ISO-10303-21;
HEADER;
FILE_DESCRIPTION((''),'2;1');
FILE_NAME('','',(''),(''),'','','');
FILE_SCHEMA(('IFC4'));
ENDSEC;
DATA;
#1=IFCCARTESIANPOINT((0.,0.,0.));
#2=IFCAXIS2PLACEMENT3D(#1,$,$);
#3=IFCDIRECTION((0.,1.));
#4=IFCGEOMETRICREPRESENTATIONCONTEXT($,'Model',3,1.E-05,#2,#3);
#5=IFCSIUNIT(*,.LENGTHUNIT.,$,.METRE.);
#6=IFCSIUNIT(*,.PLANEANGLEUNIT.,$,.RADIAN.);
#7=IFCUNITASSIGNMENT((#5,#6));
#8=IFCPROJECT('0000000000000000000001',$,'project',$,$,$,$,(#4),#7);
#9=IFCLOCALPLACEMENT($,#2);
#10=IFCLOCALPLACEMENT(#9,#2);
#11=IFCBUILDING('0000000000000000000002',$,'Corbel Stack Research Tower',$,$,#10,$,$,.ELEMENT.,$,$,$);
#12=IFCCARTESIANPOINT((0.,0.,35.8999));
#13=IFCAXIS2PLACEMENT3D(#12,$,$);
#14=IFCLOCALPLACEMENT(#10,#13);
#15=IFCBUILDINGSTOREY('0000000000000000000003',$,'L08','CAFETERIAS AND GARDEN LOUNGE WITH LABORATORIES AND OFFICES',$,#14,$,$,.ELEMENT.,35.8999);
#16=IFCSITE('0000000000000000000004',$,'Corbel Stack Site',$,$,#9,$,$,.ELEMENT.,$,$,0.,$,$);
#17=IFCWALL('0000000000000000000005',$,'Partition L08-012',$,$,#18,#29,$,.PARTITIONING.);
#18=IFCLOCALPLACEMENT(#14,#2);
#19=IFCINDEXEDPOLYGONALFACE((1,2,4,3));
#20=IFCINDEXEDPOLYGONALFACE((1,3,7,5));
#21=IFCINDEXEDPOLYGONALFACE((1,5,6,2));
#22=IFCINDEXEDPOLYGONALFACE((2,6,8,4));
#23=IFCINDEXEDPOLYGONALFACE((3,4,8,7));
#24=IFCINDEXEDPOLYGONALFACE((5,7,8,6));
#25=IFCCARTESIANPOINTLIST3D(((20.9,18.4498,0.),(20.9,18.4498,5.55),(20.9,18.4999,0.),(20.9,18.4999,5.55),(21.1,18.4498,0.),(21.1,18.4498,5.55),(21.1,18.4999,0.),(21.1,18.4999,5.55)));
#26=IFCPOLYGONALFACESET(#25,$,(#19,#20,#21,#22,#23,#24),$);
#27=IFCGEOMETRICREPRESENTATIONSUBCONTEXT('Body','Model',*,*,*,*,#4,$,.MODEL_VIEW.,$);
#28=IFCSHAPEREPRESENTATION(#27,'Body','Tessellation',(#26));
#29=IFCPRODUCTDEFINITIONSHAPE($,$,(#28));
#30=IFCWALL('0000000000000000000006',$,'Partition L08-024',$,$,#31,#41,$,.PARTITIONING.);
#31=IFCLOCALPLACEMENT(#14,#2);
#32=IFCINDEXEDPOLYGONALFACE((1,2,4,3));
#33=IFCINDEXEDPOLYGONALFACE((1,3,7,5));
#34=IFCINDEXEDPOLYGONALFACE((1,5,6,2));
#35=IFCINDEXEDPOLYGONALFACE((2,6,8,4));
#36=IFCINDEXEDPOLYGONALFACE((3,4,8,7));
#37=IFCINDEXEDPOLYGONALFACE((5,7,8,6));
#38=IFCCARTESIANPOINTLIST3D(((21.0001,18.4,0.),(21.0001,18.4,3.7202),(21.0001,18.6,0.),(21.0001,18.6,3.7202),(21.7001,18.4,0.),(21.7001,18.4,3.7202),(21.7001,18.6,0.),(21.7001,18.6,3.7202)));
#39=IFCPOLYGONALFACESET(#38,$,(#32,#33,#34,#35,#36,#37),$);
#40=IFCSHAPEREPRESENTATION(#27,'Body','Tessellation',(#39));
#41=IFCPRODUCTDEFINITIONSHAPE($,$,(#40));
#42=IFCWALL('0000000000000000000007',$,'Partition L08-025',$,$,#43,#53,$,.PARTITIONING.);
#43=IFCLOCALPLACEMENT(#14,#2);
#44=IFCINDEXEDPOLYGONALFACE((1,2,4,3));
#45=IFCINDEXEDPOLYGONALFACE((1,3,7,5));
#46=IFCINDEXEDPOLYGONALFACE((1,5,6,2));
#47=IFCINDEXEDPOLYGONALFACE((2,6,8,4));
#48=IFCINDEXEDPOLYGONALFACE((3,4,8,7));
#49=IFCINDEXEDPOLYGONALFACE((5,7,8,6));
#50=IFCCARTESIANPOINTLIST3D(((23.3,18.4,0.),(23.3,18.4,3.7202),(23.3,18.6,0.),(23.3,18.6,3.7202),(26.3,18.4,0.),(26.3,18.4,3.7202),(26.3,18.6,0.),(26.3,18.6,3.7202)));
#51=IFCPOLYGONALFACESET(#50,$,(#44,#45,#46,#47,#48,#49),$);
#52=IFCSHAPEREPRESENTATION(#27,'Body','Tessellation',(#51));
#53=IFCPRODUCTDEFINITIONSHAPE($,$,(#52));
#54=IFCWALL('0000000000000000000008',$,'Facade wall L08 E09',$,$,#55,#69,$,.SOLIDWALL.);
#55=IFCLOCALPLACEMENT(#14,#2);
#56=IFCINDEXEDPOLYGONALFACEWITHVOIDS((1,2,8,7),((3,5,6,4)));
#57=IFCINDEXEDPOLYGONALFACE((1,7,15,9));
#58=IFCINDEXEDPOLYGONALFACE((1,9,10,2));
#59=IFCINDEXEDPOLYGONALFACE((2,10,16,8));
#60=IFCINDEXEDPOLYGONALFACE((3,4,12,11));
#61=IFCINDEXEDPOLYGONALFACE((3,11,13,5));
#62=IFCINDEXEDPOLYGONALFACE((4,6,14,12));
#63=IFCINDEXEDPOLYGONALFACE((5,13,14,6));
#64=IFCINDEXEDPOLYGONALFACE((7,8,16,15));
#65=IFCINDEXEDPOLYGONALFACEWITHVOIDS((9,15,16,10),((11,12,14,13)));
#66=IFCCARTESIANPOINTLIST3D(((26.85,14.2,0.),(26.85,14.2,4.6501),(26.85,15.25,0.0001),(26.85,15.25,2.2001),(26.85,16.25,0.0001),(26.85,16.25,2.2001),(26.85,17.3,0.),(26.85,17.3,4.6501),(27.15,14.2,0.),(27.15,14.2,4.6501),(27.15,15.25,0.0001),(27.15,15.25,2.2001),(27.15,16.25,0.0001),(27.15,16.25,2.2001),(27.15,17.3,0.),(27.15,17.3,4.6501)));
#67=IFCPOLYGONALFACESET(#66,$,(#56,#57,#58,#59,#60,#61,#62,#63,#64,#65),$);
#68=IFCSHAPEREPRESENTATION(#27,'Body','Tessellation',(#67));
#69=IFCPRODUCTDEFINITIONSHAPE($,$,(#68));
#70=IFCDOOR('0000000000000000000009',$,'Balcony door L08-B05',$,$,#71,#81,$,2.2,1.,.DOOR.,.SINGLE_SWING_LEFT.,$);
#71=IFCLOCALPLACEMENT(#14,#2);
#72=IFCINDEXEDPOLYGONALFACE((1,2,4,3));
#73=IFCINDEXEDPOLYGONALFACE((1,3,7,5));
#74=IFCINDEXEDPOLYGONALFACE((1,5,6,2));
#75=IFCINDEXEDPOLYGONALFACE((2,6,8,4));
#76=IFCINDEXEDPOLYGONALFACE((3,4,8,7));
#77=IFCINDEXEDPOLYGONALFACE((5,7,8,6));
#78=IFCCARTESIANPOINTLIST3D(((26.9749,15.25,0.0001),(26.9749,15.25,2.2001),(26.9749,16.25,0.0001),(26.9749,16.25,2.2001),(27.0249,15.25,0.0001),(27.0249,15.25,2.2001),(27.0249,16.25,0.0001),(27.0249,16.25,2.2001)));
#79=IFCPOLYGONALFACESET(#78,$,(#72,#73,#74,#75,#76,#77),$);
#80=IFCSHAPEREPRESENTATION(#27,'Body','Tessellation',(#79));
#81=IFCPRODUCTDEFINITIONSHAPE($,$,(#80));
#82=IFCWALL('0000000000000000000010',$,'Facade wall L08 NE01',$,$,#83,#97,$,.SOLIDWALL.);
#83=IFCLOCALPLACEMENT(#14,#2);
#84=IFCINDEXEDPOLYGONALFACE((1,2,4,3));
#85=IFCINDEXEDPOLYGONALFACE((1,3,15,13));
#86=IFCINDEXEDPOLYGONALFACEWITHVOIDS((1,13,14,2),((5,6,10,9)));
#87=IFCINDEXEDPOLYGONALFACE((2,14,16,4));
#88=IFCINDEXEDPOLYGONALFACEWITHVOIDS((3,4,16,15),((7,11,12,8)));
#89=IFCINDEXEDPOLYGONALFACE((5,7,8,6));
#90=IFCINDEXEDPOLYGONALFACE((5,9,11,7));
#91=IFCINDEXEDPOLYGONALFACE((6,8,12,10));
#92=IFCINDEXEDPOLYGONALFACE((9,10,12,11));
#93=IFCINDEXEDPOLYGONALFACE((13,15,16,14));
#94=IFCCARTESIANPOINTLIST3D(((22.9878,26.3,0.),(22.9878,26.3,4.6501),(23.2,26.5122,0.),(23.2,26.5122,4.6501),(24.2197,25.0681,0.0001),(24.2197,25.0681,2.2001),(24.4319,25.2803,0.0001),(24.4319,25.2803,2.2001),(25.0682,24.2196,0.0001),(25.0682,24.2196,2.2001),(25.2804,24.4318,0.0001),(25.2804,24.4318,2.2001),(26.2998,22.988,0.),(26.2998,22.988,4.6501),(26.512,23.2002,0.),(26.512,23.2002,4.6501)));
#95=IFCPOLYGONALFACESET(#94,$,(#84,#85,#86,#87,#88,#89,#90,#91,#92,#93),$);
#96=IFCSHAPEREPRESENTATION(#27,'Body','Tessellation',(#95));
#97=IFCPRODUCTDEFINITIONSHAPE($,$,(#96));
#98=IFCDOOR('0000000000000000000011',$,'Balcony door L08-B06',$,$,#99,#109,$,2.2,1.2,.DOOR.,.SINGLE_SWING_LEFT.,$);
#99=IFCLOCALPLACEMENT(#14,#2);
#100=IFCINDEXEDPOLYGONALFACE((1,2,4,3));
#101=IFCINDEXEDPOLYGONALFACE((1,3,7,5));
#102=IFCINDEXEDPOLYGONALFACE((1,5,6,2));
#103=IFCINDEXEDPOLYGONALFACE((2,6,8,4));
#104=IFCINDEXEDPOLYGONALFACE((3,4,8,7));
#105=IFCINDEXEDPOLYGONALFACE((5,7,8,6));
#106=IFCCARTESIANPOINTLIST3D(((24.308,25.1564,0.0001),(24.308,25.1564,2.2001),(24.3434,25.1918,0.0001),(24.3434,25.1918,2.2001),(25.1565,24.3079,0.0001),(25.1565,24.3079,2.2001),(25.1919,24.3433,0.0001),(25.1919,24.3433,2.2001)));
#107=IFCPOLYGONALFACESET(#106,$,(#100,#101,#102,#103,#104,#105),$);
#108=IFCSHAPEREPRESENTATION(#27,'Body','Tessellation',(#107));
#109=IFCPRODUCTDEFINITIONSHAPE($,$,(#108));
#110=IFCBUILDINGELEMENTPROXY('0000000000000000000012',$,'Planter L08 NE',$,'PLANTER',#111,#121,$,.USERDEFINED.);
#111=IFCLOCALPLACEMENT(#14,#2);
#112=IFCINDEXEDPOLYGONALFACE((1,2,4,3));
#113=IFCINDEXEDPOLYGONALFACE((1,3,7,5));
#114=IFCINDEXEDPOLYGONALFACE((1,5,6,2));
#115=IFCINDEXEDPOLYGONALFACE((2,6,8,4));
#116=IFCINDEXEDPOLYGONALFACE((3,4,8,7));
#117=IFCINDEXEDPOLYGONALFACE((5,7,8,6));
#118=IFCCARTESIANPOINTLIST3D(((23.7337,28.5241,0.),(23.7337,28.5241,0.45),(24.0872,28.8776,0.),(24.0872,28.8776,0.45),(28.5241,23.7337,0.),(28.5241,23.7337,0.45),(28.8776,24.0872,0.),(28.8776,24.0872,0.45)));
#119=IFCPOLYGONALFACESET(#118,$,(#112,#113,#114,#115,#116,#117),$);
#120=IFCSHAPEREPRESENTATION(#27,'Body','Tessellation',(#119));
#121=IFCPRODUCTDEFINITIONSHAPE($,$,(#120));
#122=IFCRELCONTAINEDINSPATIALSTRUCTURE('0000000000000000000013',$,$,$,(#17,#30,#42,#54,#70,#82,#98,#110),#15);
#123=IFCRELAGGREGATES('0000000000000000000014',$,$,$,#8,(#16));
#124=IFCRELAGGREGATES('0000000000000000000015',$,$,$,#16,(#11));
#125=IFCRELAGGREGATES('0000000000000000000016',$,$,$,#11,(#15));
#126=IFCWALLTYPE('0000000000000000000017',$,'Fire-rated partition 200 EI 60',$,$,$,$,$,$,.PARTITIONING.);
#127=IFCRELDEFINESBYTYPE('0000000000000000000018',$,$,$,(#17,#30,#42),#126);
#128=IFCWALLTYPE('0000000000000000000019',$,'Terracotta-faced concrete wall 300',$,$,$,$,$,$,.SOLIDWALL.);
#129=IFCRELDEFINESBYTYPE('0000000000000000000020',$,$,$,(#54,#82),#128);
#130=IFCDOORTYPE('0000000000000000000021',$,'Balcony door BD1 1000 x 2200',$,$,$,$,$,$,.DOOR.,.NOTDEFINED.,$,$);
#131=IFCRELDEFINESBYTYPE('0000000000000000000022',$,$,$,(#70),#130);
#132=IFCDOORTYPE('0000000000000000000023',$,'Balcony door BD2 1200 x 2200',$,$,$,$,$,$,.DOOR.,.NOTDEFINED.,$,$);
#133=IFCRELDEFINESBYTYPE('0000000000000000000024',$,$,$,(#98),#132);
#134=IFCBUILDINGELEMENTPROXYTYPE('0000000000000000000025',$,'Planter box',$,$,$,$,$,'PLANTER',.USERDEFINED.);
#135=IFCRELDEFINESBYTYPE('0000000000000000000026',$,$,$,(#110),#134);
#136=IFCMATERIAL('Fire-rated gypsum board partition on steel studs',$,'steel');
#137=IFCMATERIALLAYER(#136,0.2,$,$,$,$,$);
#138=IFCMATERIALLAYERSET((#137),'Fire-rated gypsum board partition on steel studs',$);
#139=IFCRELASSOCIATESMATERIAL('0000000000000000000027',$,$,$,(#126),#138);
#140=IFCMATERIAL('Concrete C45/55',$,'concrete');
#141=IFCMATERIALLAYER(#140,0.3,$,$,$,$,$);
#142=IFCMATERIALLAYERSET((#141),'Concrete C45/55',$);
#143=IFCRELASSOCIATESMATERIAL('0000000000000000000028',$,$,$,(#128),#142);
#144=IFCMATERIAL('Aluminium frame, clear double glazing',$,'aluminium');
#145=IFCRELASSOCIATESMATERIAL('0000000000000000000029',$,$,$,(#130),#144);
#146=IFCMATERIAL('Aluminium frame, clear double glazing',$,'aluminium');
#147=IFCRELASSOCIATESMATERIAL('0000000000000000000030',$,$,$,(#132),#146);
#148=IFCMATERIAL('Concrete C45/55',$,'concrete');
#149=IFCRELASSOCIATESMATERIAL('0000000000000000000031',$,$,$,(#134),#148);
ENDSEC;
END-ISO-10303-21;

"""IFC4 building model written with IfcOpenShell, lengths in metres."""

from ifc_helpers import new_model, si_unit, direction, frame, frame_2d, origin, origin_2d, place, context, subcontext, project, spatial, rectangle, extrude, material, layer, layer_set, type_object, element, fill, save


model = new_model("IFC4")

# Units and contexts
model_context = context("Model", 3, precision=1e-05, world=origin(), true_north=direction((0.0, 1.0)))
body_context = subcontext(model_context, "Body", "Model", "MODEL_VIEW")
ifc_project = project(units=[si_unit("LENGTHUNIT", "METRE"), si_unit("PLANEANGLEUNIT", "RADIAN")], contexts=[model_context])

# Site, building, storey
site_placement = place(None, origin())
site = spatial("IfcSite", under=ifc_project, at=site_placement, Name="Corbel Stack Site", CompositionType="ELEMENT", RefElevation=0.0)
building_placement = place(site_placement, origin())
building = spatial("IfcBuilding", under=site, at=building_placement, Name="Corbel Stack Research Tower", CompositionType="ELEMENT")
storey_placement = place(building_placement, frame((0.0, 0.0, 35.8999)))
storey = spatial("IfcBuildingStorey", under=building, at=storey_placement, Name="L08", Description="CAFETERIAS AND GARDEN LOUNGE WITH LABORATORIES AND OFFICES", CompositionType="ELEMENT", Elevation=35.8999)

# Walls
ifc_material_1 = material(Name="Fire-rated gypsum board partition on steel studs", Category="steel")
ifc_layer_1 = layer(ifc_material_1, 0.2)
ifc_layer_set_1 = layer_set([ifc_layer_1], Name="Fire-rated gypsum board partition on steel studs")
wall_type_1 = type_object("IfcWallType", Name="Fire-rated partition 200 EI 60", PredefinedType="PARTITIONING", material=ifc_layer_set_1)
wall_1_placement = place(storey_placement, frame((21.0, 18.45, 0.0), z_axis=(0.0, 0.0, 1.0), x_axis=(0.0, 1.0, 0.0)))
element("IfcWall", 1, at=wall_1_placement, inside=storey, type_object=wall_type_1, Name="Partition L08-012", PredefinedType="PARTITIONING", context=body_context, shape_type="SweptSolid", body=[
    extrude(rectangle(XDim=0.05, YDim=0.2, at=frame_2d((0.0249, 0.0))), origin(), (0.0, 0.0, 1.0), 5.55),
])
wall_2_placement = place(storey_placement, frame((21.0, 18.5, 0.0), z_axis=(0.0, 0.0, 1.0), x_axis=(1.0, 0.0, 0.0)))
element("IfcWall", 2, at=wall_2_placement, inside=storey, type_object=wall_type_1, Name="Partition L08-024", PredefinedType="PARTITIONING", context=body_context, shape_type="SweptSolid", body=[
    extrude(rectangle(XDim=0.7, YDim=0.2, at=frame_2d((0.3501, 0.0))), origin(), (0.0, 0.0, 1.0), 3.7202),
])
wall_3_placement = place(storey_placement, frame((23.3, 18.5, 0.0), z_axis=(0.0, 0.0, 1.0), x_axis=(1.0, 0.0, 0.0)))
element("IfcWall", 3, at=wall_3_placement, inside=storey, type_object=wall_type_1, Name="Partition L08-025", PredefinedType="PARTITIONING", context=body_context, shape_type="SweptSolid", body=[
    extrude(rectangle(XDim=3.0, YDim=0.2, at=frame_2d((1.5, 0.0))), origin(), (0.0, 0.0, 1.0), 3.7202),
])

# Walls, openings, doors
ifc_material_2 = material(Name="Concrete C45/55", Category="concrete")
ifc_layer_2 = layer(ifc_material_2, 0.3)
ifc_layer_set_2 = layer_set([ifc_layer_2], Name="Concrete C45/55")
wall_type_2 = type_object("IfcWallType", Name="Terracotta-faced concrete wall 300", PredefinedType="SOLIDWALL", material=ifc_layer_set_2)
wall_4_placement = place(storey_placement, frame((27.0, 17.3, 0.0), z_axis=(0.0, 0.0, 1.0), x_axis=(0.0, -1.0, 0.0)))
wall_4 = element("IfcWall", 4, at=wall_4_placement, inside=storey, type_object=wall_type_2, Name="Facade wall L08 E09", PredefinedType="SOLIDWALL", context=body_context, shape_type="SweptSolid", body=[
    extrude(rectangle(XDim=3.1001, YDim=0.3, at=frame_2d((1.55, 0.0))), origin(), (0.0, 0.0, 1.0), 4.6501),
])
opening_1_placement = place(wall_4_placement, frame((1.05, 0.0, 0.0)))
opening_1 = element("IfcOpeningElement", 5, at=opening_1_placement, cuts=wall_4, PredefinedType="OPENING", context=body_context, shape_type="SweptSolid", body=[
    extrude(rectangle(XDim=1.0, YDim=2.2, at=frame_2d((0.5, 1.1001))), frame((0.0, 0.1599, 0.0), z_axis=(0.0, -1.0, 0.0), x_axis=(1.0, 0.0, 0.0)), (0.0, 0.0, 1.0), 0.3201),
])
ifc_material_3 = material(Name="Aluminium frame, clear double glazing", Category="aluminium")
door_type_1 = type_object("IfcDoorType", Name="Balcony door BD1 1000 x 2200", OperationType="NOTDEFINED", PredefinedType="DOOR", material=ifc_material_3)
door_1_placement = place(opening_1_placement, origin())
door_1 = element("IfcDoor", 6, at=door_1_placement, inside=storey, type_object=door_type_1, Name="Balcony door L08-B05", OperationType="SINGLE_SWING_LEFT", OverallHeight=2.2, OverallWidth=1.0, PredefinedType="DOOR", context=body_context, shape_type="SweptSolid", body=[
    extrude(rectangle(XDim=1.0, YDim=2.2, at=frame_2d((0.5, 1.1001))), frame((0.0, 0.0249, 0.0), z_axis=(0.0, -1.0, 0.0), x_axis=(1.0, 0.0, 0.0)), (0.0, 0.0, 1.0), 0.05),
])
fill(opening_1, door_1)
wall_5_placement = place(storey_placement, frame((23.094, 26.406, 0.0), z_axis=(0.0, 0.0, 1.0), x_axis=(0.707107, -0.707107, 0.0)))
wall_5 = element("IfcWall", 7, at=wall_5_placement, inside=storey, type_object=wall_type_2, Name="Facade wall L08 NE01", PredefinedType="SOLIDWALL", context=body_context, shape_type="SweptSolid", body=[
    extrude(rectangle(XDim=4.6838, YDim=0.3, at=frame_2d((2.3418, 0.0))), origin(), (0.0, 0.0, 1.0), 4.6501),
])
opening_2_placement = place(wall_5_placement, frame((1.7419, 0.0, 0.0)))
opening_2 = element("IfcOpeningElement", 8, at=opening_2_placement, cuts=wall_5, PredefinedType="OPENING", context=body_context, shape_type="SweptSolid", body=[
    extrude(rectangle(XDim=1.2, YDim=2.2, at=frame_2d((0.6001, 1.1001))), frame((0.0, 0.1599, 0.0), z_axis=(0.0, -1.0, 0.0), x_axis=(1.0, 0.0, 0.0)), (0.0, 0.0, 1.0), 0.3201),
])
ifc_material_4 = material(Name="Aluminium frame, clear double glazing", Category="aluminium")
door_type_2 = type_object("IfcDoorType", Name="Balcony door BD2 1200 x 2200", OperationType="NOTDEFINED", PredefinedType="DOOR", material=ifc_material_4)
door_2_placement = place(opening_2_placement, origin())
door_2 = element("IfcDoor", 9, at=door_2_placement, inside=storey, type_object=door_type_2, Name="Balcony door L08-B06", OperationType="SINGLE_SWING_LEFT", OverallHeight=2.2, OverallWidth=1.2, PredefinedType="DOOR", context=body_context, shape_type="SweptSolid", body=[
    extrude(rectangle(XDim=1.2, YDim=2.2, at=frame_2d((0.6001, 1.1001))), frame((0.0, 0.0249, 0.0), z_axis=(0.0, -1.0, 0.0), x_axis=(1.0, 0.0, 0.0)), (0.0, 0.0, 1.0), 0.05),
])
fill(opening_2, door_2)

# Building element proxy
ifc_material_5 = material(Name="Concrete C45/55", Category="concrete")
building_element_proxy_type = type_object("IfcBuildingElementProxyType", Name="Planter box", ElementType="PLANTER", PredefinedType="USERDEFINED", material=ifc_material_5)
proxy_placement = place(storey_placement, frame((26.3057, 26.3057, 0.0), z_axis=(0.0, 0.0, 1.0), x_axis=(-0.707107, 0.707107, 0.0)))
element("IfcBuildingElementProxy", 10, at=proxy_placement, inside=storey, type_object=building_element_proxy_type, Name="Planter L08 NE", ObjectType="PLANTER", PredefinedType="USERDEFINED", context=body_context, shape_type="SweptSolid", body=[
    extrude(rectangle(XDim=6.7747, YDim=0.5, at=origin_2d()), origin(), (0.0, 0.0, 1.0), 0.45),
])

save(model, "model.ifc")
